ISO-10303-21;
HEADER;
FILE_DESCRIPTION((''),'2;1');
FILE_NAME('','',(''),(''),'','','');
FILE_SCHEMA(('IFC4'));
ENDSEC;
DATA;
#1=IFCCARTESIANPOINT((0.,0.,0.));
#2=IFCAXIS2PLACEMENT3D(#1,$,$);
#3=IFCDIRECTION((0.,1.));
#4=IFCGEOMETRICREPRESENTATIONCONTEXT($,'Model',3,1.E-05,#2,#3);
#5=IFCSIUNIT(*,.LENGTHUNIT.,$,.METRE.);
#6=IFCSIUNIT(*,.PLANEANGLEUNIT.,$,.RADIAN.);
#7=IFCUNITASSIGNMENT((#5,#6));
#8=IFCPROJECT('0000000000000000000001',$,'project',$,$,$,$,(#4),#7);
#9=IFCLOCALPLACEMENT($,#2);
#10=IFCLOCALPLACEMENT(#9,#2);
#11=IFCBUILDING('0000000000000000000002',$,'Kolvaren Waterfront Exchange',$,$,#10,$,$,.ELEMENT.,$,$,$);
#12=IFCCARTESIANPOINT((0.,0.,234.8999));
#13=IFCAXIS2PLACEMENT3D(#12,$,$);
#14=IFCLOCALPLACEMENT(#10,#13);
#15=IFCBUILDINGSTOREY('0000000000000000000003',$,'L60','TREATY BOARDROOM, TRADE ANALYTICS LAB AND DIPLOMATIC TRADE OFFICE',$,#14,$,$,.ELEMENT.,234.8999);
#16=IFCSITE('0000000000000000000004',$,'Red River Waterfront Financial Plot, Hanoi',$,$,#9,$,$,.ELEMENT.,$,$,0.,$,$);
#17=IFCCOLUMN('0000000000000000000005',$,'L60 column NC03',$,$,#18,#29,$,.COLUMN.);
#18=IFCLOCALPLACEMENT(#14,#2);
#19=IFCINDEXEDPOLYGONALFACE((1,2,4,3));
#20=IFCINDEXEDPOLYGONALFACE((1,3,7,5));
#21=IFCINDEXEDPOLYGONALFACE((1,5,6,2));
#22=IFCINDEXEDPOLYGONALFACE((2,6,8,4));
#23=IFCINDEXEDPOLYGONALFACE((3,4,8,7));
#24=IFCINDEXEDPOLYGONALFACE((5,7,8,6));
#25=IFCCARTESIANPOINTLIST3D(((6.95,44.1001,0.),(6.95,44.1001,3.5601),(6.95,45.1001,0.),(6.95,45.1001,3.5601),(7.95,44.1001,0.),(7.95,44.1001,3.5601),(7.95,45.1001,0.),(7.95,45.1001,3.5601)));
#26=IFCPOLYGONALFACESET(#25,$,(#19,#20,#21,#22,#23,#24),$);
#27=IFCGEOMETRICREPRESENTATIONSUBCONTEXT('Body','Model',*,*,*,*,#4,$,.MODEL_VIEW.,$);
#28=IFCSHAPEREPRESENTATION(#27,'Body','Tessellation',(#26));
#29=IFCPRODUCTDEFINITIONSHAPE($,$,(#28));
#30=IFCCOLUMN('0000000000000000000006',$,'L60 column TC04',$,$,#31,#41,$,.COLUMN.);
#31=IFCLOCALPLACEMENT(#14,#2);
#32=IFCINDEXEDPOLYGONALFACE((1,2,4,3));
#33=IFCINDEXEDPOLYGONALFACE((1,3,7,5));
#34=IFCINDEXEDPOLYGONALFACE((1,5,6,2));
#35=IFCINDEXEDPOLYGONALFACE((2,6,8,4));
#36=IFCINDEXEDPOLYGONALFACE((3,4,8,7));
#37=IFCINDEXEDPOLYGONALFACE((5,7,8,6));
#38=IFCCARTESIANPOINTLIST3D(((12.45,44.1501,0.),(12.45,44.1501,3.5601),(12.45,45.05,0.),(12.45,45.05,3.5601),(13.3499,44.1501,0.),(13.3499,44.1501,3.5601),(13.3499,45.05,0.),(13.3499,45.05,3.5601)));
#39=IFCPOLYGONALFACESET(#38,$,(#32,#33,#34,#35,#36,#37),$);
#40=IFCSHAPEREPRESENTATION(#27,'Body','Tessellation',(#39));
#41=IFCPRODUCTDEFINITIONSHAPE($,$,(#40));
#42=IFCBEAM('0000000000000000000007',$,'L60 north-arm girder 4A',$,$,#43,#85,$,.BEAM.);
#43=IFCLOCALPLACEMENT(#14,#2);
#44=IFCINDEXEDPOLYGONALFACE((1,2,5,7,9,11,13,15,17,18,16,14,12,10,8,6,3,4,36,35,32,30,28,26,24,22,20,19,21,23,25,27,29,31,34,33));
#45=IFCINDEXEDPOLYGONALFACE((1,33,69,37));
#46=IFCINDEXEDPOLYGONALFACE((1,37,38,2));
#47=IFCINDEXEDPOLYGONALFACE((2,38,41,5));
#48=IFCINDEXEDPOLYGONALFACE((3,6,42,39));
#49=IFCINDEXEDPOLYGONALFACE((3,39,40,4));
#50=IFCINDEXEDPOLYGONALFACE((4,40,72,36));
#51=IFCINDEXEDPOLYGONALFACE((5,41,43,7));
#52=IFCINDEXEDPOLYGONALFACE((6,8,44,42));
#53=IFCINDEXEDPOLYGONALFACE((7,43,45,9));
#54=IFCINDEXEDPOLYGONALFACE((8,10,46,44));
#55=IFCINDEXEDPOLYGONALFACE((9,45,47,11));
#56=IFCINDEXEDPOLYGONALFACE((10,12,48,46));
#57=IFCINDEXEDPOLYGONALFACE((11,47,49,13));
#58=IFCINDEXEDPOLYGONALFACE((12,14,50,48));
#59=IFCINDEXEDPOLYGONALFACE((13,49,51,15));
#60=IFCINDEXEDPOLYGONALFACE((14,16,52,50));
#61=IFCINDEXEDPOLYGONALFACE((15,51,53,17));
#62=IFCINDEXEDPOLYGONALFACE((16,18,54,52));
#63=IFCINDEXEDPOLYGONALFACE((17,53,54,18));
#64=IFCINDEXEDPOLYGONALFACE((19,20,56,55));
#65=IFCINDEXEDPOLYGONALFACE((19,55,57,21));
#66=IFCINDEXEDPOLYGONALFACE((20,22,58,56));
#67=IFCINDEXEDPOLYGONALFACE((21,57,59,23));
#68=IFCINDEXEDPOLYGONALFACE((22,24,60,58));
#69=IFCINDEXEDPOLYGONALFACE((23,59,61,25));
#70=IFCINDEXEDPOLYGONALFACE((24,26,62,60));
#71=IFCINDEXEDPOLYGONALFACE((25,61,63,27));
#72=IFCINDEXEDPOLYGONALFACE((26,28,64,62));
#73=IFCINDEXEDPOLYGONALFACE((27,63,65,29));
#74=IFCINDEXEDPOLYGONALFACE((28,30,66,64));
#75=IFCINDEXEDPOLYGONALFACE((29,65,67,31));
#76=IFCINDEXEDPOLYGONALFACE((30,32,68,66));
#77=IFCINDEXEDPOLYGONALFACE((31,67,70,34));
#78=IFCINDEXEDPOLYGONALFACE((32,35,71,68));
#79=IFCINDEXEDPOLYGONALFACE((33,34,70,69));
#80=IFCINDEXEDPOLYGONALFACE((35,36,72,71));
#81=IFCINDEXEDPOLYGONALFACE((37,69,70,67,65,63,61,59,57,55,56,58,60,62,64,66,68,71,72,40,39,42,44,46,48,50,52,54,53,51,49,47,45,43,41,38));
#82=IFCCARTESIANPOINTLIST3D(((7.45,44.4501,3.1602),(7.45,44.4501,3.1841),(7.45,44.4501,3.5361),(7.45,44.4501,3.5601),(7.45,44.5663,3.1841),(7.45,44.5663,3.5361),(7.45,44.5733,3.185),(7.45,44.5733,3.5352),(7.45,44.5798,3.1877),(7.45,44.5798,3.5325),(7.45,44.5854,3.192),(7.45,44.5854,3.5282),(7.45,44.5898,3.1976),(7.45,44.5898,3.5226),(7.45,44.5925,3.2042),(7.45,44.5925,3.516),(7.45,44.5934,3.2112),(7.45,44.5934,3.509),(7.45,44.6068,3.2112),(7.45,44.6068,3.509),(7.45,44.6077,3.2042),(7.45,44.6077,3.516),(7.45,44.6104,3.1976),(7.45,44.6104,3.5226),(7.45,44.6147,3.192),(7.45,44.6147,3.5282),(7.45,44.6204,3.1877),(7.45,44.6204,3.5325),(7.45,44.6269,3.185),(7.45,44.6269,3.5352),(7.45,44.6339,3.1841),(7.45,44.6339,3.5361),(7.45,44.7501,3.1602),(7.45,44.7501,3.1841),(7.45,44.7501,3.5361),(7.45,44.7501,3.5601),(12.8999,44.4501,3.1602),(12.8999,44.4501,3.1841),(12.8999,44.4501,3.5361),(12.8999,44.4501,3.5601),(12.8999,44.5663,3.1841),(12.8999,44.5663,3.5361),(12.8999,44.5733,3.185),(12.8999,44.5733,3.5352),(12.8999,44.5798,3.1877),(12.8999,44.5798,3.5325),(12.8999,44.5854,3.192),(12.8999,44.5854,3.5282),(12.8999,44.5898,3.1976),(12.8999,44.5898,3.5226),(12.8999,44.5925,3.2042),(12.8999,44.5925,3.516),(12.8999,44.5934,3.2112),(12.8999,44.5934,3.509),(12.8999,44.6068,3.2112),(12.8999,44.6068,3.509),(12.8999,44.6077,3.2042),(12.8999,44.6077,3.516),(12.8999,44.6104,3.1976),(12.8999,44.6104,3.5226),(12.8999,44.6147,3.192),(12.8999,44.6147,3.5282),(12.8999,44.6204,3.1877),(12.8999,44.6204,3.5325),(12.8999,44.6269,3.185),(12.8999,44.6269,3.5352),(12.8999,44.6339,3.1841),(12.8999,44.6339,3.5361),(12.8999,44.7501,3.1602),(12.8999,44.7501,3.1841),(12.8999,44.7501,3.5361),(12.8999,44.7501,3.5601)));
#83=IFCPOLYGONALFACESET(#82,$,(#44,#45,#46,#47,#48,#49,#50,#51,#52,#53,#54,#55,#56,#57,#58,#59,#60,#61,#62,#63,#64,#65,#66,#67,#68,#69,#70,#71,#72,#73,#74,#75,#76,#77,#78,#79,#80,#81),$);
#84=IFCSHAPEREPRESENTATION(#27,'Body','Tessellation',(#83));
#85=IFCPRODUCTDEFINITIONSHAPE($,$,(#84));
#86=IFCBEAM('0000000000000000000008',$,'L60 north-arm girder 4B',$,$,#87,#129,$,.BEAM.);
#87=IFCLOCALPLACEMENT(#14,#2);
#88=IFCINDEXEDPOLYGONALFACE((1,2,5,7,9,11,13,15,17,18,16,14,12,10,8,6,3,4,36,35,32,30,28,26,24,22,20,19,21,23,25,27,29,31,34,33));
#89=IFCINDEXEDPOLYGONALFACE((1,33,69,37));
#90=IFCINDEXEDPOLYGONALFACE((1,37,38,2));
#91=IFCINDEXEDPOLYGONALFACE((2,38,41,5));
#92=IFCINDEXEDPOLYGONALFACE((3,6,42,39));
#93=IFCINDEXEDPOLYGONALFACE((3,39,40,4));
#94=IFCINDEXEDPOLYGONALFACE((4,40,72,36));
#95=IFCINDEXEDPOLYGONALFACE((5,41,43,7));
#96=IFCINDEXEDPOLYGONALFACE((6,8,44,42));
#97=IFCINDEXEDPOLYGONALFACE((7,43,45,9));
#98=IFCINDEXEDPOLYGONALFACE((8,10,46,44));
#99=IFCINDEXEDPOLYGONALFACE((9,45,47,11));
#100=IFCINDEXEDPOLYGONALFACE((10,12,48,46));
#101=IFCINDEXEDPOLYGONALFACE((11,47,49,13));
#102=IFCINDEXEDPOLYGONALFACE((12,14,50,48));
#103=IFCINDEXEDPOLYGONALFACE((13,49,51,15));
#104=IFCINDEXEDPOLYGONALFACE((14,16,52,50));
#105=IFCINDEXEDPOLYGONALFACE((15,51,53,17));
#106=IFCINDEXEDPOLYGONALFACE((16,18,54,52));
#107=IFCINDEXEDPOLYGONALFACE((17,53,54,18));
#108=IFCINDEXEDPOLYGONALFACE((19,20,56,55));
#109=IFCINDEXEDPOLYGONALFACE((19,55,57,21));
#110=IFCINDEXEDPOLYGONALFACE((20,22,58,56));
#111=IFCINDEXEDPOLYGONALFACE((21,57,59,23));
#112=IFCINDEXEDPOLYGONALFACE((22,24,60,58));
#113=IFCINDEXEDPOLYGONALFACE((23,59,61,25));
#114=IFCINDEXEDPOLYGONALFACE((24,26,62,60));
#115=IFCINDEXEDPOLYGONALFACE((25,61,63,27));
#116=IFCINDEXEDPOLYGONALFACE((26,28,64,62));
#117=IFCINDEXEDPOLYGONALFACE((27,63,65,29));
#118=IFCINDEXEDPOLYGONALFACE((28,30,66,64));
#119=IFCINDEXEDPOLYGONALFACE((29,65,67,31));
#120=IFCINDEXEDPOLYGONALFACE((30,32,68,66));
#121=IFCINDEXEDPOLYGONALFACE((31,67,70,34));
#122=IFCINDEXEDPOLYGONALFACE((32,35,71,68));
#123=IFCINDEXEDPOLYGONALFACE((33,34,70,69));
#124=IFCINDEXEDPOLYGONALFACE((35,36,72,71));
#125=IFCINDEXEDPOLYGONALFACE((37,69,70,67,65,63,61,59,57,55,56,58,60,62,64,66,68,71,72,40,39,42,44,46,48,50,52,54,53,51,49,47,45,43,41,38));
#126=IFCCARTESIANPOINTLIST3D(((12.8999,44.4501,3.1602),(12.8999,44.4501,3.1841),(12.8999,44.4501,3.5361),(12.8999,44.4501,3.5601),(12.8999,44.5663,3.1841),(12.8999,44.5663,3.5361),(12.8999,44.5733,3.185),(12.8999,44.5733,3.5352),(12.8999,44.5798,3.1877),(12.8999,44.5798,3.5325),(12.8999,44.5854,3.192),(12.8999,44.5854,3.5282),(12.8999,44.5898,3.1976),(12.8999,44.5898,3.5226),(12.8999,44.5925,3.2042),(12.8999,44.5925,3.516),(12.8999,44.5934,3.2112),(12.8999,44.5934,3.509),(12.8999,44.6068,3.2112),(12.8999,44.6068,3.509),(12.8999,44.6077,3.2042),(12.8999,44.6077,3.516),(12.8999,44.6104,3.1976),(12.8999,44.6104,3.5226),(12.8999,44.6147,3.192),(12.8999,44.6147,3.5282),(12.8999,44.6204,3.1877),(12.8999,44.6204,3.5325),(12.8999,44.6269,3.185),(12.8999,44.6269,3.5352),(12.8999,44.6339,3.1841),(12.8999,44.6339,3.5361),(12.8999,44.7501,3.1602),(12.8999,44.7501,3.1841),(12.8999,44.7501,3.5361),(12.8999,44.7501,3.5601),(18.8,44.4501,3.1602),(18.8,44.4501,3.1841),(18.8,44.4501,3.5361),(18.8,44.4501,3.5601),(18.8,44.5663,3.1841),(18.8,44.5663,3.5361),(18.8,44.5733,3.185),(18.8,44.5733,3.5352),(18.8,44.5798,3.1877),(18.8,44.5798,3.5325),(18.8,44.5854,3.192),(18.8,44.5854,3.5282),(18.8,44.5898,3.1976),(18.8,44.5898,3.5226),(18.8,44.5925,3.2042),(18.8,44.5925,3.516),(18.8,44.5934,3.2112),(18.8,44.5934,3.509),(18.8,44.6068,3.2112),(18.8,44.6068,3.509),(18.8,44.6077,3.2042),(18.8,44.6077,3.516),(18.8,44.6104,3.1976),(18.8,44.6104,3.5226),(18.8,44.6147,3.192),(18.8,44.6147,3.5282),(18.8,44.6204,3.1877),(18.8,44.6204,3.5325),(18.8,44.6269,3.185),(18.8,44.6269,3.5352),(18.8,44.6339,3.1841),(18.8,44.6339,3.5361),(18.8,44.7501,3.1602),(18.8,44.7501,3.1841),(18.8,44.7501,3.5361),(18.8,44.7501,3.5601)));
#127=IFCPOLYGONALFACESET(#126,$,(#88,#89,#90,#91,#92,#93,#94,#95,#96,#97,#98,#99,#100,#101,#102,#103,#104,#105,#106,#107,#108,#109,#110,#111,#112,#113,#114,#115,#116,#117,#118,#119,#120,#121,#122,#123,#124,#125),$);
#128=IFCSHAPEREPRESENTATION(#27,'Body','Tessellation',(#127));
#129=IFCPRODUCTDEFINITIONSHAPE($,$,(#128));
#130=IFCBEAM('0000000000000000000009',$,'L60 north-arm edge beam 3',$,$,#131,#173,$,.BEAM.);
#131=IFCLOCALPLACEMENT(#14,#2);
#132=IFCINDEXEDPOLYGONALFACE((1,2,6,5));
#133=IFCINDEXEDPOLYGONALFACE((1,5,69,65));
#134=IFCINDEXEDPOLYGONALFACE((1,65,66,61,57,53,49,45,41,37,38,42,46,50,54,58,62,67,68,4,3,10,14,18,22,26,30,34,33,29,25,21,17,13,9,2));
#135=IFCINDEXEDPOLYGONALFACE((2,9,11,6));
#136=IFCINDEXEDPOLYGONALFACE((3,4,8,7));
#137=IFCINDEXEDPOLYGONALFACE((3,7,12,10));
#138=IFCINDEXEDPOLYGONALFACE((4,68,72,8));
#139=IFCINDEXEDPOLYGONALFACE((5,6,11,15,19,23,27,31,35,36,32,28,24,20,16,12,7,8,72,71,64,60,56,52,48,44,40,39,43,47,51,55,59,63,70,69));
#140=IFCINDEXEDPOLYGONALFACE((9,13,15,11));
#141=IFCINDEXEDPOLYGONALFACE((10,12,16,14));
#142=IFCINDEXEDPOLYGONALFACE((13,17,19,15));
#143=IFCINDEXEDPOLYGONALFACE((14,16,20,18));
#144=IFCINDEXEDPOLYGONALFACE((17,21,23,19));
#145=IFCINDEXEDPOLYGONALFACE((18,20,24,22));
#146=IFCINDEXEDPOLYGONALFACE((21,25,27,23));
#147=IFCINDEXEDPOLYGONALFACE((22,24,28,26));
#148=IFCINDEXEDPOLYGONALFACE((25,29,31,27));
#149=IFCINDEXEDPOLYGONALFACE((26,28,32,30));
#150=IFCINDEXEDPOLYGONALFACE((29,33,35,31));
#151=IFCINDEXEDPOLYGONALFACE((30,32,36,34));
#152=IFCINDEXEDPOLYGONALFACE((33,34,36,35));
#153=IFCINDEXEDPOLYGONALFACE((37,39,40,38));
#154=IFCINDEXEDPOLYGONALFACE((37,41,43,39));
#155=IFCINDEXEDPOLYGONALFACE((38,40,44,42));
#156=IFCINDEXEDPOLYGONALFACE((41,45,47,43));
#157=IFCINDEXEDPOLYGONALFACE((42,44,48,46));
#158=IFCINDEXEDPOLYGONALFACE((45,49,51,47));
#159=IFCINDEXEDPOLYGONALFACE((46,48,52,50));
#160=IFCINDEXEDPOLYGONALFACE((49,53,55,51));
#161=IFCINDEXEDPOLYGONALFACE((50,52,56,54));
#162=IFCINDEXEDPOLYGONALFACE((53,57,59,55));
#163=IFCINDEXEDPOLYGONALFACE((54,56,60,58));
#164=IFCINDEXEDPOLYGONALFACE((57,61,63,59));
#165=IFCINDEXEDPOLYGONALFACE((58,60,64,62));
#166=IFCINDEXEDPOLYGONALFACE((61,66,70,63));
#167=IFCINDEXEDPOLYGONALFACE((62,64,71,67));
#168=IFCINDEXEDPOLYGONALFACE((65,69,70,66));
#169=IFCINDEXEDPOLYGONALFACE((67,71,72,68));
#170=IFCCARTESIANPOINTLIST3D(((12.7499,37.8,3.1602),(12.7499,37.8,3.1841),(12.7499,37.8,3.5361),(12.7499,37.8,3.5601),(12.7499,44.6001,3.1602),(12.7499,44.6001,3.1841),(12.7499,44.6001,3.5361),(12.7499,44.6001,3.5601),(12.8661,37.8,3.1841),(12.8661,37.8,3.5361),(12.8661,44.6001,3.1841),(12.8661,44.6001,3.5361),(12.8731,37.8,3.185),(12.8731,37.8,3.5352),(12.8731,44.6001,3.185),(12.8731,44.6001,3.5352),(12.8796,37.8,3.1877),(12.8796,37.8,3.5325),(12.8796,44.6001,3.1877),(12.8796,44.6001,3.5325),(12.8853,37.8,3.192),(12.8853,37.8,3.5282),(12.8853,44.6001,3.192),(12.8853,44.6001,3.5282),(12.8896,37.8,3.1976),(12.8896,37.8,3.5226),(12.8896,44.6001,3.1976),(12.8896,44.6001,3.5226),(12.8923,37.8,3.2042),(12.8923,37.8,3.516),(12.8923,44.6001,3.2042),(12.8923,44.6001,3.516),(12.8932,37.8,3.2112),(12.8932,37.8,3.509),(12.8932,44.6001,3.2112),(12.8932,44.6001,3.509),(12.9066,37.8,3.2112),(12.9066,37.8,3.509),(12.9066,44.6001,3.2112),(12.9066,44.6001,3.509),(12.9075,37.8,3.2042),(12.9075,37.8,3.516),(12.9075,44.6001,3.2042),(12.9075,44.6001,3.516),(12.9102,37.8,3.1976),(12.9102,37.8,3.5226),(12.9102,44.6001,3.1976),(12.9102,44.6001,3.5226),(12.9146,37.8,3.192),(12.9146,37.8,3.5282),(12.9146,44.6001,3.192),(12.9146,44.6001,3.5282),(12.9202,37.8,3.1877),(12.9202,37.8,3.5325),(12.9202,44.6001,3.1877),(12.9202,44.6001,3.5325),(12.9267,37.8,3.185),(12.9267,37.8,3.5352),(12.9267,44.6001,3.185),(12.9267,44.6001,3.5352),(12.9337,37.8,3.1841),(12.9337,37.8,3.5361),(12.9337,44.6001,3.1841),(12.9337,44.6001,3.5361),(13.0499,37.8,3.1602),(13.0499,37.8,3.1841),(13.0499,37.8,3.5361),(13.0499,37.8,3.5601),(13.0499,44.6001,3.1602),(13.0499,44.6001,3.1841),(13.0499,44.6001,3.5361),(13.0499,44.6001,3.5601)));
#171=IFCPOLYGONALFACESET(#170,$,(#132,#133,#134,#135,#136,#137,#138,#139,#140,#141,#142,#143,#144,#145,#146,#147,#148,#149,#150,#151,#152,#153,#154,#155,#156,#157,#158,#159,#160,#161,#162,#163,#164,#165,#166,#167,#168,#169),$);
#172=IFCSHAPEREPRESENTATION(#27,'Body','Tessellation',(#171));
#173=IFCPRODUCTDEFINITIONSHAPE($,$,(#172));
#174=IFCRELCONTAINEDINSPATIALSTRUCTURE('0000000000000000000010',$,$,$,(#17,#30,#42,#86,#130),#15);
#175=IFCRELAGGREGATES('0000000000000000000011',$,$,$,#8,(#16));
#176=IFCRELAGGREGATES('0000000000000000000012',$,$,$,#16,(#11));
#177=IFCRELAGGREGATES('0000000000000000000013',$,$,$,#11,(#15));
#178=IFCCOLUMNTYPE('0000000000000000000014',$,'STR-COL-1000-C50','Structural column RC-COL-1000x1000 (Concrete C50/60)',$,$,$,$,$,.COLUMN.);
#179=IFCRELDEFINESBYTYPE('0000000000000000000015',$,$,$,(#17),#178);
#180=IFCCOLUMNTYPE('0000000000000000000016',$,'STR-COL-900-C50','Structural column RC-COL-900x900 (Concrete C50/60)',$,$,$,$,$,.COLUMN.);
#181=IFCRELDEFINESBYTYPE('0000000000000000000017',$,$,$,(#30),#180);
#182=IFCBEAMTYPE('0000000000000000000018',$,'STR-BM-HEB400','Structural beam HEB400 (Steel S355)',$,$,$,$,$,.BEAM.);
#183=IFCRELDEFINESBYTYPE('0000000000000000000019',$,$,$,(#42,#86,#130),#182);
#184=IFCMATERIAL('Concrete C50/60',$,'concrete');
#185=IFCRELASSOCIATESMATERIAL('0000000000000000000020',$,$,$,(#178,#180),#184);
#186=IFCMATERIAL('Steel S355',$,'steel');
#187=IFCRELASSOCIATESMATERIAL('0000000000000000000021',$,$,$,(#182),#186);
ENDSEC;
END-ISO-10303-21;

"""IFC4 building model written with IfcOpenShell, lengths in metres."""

from ifc_helpers import new_model, si_unit, direction, frame, origin, origin_2d, place, context, subcontext, project, spatial, rectangle, i_section, extrude, material, material_profile, profile_set, type_object, element, save


model = new_model("IFC4")

# Units and contexts
model_context = context("Model", 3, precision=1e-05, world=origin(), true_north=direction((0.0, 1.0)))
body_context = subcontext(model_context, "Body", "Model", "MODEL_VIEW")
ifc_project = project(units=[si_unit("LENGTHUNIT", "METRE"), si_unit("PLANEANGLEUNIT", "RADIAN")], contexts=[model_context])

# Site, building, storey
site_placement = place(None, origin())
site = spatial("IfcSite", under=ifc_project, at=site_placement, Name="Red River Waterfront Financial Plot, Hanoi", CompositionType="ELEMENT", RefElevation=0.0)
building_placement = place(site_placement, origin())
building = spatial("IfcBuilding", under=site, at=building_placement, Name="Kolvaren Waterfront Exchange", CompositionType="ELEMENT")
storey_placement = place(building_placement, frame((0.0, 0.0, 234.8999)))
storey = spatial("IfcBuildingStorey", under=building, at=storey_placement, Name="L60", Description="TREATY BOARDROOM, TRADE ANALYTICS LAB AND DIPLOMATIC TRADE OFFICE", CompositionType="ELEMENT", Elevation=234.8999)

# Columns
ifc_material_1 = material(Name="Concrete C50/60", Category="concrete")
ifc_material_profile_1 = material_profile(ifc_material_1, rectangle(XDim=1.0, YDim=1.0, at=origin_2d()), Name="RC-COL-1000x1000")
ifc_profile_set_1 = profile_set([ifc_material_profile_1], Name="Concrete C50/60")
column_type_1 = type_object("IfcColumnType", Name="STR-COL-1000-C50", Description="Structural column RC-COL-1000x1000 (Concrete C50/60)", PredefinedType="COLUMN", material=ifc_profile_set_1)
column_1_placement = place(storey_placement, frame((7.45, 44.6001, 0.0), z_axis=(0.0, 0.0, 1.0), x_axis=(1.0, 0.0, 0.0)))
element("IfcColumn", 1, at=column_1_placement, inside=storey, type_object=column_type_1, Name="L60 column NC03", PredefinedType="COLUMN", context=body_context, shape_type="SweptSolid", body=[
    extrude(rectangle(XDim=1.0, YDim=1.0, at=origin_2d()), origin(), (0.0, 0.0, 1.0), 3.5601),
])
ifc_material_profile_2 = material_profile(ifc_material_1, rectangle(XDim=0.8999, YDim=0.8999, at=origin_2d()), Name="RC-COL-900x900")
ifc_profile_set_2 = profile_set([ifc_material_profile_2], Name="Concrete C50/60")
column_type_2 = type_object("IfcColumnType", Name="STR-COL-900-C50", Description="Structural column RC-COL-900x900 (Concrete C50/60)", PredefinedType="COLUMN", material=ifc_profile_set_2)
column_2_placement = place(storey_placement, frame((12.8999, 44.6001, 0.0), z_axis=(0.0, 0.0, 1.0), x_axis=(1.0, 0.0, 0.0)))
element("IfcColumn", 2, at=column_2_placement, inside=storey, type_object=column_type_2, Name="L60 column TC04", PredefinedType="COLUMN", context=body_context, shape_type="SweptSolid", body=[
    extrude(rectangle(XDim=0.8999, YDim=0.8999, at=origin_2d()), origin(), (0.0, 0.0, 1.0), 3.5601),
])

# Beams
ifc_material_2 = material(Name="Steel S355", Category="steel")
ifc_material_profile_3 = material_profile(ifc_material_2, i_section(OverallWidth=0.3, OverallDepth=0.3999, WebThickness=0.0134, FlangeThickness=0.0239, FilletRadius=0.0271, at=origin_2d()), Name="HEB400")
ifc_profile_set_3 = profile_set([ifc_material_profile_3], Name="Steel S355")
beam_type_1 = type_object("IfcBeamType", Name="STR-BM-HEB400", Description="Structural beam HEB400 (Steel S355)", PredefinedType="BEAM", material=ifc_profile_set_3)
beam_1_placement = place(storey_placement, frame((7.45, 44.6001, 3.3601), z_axis=(1.0, 0.0, 0.0), x_axis=(0.0, 1.0, 0.0)))
element("IfcBeam", 3, at=beam_1_placement, inside=storey, type_object=beam_type_1, Name="L60 north-arm girder 4A", PredefinedType="BEAM", context=body_context, shape_type="SweptSolid", body=[
    extrude(i_section(OverallWidth=0.3, OverallDepth=0.3999, WebThickness=0.0134, FlangeThickness=0.0239, FilletRadius=0.0271, at=origin_2d()), origin(), (0.0, 0.0, 1.0), 5.45),
])
beam_2_placement = place(storey_placement, frame((12.8999, 44.6001, 3.3601), z_axis=(1.0, 0.0, 0.0), x_axis=(0.0, 1.0, 0.0)))
element("IfcBeam", 4, at=beam_2_placement, inside=storey, type_object=beam_type_1, Name="L60 north-arm girder 4B", PredefinedType="BEAM", context=body_context, shape_type="SweptSolid", body=[
    extrude(i_section(OverallWidth=0.3, OverallDepth=0.3999, WebThickness=0.0134, FlangeThickness=0.0239, FilletRadius=0.0271, at=origin_2d()), origin(), (0.0, 0.0, 1.0), 5.9001),
])
beam_3_placement = place(storey_placement, frame((12.8999, 37.8, 3.3601), z_axis=(0.0, 1.0, 0.0), x_axis=(-1.0, 0.0, 0.0)))
element("IfcBeam", 5, at=beam_3_placement, inside=storey, type_object=beam_type_1, Name="L60 north-arm edge beam 3", PredefinedType="BEAM", context=body_context, shape_type="SweptSolid", body=[
    extrude(i_section(OverallWidth=0.3, OverallDepth=0.3999, WebThickness=0.0134, FlangeThickness=0.0239, FilletRadius=0.0271, at=origin_2d()), origin(), (0.0, 0.0, 1.0), 6.8),
])

save(model, "model.ifc")
